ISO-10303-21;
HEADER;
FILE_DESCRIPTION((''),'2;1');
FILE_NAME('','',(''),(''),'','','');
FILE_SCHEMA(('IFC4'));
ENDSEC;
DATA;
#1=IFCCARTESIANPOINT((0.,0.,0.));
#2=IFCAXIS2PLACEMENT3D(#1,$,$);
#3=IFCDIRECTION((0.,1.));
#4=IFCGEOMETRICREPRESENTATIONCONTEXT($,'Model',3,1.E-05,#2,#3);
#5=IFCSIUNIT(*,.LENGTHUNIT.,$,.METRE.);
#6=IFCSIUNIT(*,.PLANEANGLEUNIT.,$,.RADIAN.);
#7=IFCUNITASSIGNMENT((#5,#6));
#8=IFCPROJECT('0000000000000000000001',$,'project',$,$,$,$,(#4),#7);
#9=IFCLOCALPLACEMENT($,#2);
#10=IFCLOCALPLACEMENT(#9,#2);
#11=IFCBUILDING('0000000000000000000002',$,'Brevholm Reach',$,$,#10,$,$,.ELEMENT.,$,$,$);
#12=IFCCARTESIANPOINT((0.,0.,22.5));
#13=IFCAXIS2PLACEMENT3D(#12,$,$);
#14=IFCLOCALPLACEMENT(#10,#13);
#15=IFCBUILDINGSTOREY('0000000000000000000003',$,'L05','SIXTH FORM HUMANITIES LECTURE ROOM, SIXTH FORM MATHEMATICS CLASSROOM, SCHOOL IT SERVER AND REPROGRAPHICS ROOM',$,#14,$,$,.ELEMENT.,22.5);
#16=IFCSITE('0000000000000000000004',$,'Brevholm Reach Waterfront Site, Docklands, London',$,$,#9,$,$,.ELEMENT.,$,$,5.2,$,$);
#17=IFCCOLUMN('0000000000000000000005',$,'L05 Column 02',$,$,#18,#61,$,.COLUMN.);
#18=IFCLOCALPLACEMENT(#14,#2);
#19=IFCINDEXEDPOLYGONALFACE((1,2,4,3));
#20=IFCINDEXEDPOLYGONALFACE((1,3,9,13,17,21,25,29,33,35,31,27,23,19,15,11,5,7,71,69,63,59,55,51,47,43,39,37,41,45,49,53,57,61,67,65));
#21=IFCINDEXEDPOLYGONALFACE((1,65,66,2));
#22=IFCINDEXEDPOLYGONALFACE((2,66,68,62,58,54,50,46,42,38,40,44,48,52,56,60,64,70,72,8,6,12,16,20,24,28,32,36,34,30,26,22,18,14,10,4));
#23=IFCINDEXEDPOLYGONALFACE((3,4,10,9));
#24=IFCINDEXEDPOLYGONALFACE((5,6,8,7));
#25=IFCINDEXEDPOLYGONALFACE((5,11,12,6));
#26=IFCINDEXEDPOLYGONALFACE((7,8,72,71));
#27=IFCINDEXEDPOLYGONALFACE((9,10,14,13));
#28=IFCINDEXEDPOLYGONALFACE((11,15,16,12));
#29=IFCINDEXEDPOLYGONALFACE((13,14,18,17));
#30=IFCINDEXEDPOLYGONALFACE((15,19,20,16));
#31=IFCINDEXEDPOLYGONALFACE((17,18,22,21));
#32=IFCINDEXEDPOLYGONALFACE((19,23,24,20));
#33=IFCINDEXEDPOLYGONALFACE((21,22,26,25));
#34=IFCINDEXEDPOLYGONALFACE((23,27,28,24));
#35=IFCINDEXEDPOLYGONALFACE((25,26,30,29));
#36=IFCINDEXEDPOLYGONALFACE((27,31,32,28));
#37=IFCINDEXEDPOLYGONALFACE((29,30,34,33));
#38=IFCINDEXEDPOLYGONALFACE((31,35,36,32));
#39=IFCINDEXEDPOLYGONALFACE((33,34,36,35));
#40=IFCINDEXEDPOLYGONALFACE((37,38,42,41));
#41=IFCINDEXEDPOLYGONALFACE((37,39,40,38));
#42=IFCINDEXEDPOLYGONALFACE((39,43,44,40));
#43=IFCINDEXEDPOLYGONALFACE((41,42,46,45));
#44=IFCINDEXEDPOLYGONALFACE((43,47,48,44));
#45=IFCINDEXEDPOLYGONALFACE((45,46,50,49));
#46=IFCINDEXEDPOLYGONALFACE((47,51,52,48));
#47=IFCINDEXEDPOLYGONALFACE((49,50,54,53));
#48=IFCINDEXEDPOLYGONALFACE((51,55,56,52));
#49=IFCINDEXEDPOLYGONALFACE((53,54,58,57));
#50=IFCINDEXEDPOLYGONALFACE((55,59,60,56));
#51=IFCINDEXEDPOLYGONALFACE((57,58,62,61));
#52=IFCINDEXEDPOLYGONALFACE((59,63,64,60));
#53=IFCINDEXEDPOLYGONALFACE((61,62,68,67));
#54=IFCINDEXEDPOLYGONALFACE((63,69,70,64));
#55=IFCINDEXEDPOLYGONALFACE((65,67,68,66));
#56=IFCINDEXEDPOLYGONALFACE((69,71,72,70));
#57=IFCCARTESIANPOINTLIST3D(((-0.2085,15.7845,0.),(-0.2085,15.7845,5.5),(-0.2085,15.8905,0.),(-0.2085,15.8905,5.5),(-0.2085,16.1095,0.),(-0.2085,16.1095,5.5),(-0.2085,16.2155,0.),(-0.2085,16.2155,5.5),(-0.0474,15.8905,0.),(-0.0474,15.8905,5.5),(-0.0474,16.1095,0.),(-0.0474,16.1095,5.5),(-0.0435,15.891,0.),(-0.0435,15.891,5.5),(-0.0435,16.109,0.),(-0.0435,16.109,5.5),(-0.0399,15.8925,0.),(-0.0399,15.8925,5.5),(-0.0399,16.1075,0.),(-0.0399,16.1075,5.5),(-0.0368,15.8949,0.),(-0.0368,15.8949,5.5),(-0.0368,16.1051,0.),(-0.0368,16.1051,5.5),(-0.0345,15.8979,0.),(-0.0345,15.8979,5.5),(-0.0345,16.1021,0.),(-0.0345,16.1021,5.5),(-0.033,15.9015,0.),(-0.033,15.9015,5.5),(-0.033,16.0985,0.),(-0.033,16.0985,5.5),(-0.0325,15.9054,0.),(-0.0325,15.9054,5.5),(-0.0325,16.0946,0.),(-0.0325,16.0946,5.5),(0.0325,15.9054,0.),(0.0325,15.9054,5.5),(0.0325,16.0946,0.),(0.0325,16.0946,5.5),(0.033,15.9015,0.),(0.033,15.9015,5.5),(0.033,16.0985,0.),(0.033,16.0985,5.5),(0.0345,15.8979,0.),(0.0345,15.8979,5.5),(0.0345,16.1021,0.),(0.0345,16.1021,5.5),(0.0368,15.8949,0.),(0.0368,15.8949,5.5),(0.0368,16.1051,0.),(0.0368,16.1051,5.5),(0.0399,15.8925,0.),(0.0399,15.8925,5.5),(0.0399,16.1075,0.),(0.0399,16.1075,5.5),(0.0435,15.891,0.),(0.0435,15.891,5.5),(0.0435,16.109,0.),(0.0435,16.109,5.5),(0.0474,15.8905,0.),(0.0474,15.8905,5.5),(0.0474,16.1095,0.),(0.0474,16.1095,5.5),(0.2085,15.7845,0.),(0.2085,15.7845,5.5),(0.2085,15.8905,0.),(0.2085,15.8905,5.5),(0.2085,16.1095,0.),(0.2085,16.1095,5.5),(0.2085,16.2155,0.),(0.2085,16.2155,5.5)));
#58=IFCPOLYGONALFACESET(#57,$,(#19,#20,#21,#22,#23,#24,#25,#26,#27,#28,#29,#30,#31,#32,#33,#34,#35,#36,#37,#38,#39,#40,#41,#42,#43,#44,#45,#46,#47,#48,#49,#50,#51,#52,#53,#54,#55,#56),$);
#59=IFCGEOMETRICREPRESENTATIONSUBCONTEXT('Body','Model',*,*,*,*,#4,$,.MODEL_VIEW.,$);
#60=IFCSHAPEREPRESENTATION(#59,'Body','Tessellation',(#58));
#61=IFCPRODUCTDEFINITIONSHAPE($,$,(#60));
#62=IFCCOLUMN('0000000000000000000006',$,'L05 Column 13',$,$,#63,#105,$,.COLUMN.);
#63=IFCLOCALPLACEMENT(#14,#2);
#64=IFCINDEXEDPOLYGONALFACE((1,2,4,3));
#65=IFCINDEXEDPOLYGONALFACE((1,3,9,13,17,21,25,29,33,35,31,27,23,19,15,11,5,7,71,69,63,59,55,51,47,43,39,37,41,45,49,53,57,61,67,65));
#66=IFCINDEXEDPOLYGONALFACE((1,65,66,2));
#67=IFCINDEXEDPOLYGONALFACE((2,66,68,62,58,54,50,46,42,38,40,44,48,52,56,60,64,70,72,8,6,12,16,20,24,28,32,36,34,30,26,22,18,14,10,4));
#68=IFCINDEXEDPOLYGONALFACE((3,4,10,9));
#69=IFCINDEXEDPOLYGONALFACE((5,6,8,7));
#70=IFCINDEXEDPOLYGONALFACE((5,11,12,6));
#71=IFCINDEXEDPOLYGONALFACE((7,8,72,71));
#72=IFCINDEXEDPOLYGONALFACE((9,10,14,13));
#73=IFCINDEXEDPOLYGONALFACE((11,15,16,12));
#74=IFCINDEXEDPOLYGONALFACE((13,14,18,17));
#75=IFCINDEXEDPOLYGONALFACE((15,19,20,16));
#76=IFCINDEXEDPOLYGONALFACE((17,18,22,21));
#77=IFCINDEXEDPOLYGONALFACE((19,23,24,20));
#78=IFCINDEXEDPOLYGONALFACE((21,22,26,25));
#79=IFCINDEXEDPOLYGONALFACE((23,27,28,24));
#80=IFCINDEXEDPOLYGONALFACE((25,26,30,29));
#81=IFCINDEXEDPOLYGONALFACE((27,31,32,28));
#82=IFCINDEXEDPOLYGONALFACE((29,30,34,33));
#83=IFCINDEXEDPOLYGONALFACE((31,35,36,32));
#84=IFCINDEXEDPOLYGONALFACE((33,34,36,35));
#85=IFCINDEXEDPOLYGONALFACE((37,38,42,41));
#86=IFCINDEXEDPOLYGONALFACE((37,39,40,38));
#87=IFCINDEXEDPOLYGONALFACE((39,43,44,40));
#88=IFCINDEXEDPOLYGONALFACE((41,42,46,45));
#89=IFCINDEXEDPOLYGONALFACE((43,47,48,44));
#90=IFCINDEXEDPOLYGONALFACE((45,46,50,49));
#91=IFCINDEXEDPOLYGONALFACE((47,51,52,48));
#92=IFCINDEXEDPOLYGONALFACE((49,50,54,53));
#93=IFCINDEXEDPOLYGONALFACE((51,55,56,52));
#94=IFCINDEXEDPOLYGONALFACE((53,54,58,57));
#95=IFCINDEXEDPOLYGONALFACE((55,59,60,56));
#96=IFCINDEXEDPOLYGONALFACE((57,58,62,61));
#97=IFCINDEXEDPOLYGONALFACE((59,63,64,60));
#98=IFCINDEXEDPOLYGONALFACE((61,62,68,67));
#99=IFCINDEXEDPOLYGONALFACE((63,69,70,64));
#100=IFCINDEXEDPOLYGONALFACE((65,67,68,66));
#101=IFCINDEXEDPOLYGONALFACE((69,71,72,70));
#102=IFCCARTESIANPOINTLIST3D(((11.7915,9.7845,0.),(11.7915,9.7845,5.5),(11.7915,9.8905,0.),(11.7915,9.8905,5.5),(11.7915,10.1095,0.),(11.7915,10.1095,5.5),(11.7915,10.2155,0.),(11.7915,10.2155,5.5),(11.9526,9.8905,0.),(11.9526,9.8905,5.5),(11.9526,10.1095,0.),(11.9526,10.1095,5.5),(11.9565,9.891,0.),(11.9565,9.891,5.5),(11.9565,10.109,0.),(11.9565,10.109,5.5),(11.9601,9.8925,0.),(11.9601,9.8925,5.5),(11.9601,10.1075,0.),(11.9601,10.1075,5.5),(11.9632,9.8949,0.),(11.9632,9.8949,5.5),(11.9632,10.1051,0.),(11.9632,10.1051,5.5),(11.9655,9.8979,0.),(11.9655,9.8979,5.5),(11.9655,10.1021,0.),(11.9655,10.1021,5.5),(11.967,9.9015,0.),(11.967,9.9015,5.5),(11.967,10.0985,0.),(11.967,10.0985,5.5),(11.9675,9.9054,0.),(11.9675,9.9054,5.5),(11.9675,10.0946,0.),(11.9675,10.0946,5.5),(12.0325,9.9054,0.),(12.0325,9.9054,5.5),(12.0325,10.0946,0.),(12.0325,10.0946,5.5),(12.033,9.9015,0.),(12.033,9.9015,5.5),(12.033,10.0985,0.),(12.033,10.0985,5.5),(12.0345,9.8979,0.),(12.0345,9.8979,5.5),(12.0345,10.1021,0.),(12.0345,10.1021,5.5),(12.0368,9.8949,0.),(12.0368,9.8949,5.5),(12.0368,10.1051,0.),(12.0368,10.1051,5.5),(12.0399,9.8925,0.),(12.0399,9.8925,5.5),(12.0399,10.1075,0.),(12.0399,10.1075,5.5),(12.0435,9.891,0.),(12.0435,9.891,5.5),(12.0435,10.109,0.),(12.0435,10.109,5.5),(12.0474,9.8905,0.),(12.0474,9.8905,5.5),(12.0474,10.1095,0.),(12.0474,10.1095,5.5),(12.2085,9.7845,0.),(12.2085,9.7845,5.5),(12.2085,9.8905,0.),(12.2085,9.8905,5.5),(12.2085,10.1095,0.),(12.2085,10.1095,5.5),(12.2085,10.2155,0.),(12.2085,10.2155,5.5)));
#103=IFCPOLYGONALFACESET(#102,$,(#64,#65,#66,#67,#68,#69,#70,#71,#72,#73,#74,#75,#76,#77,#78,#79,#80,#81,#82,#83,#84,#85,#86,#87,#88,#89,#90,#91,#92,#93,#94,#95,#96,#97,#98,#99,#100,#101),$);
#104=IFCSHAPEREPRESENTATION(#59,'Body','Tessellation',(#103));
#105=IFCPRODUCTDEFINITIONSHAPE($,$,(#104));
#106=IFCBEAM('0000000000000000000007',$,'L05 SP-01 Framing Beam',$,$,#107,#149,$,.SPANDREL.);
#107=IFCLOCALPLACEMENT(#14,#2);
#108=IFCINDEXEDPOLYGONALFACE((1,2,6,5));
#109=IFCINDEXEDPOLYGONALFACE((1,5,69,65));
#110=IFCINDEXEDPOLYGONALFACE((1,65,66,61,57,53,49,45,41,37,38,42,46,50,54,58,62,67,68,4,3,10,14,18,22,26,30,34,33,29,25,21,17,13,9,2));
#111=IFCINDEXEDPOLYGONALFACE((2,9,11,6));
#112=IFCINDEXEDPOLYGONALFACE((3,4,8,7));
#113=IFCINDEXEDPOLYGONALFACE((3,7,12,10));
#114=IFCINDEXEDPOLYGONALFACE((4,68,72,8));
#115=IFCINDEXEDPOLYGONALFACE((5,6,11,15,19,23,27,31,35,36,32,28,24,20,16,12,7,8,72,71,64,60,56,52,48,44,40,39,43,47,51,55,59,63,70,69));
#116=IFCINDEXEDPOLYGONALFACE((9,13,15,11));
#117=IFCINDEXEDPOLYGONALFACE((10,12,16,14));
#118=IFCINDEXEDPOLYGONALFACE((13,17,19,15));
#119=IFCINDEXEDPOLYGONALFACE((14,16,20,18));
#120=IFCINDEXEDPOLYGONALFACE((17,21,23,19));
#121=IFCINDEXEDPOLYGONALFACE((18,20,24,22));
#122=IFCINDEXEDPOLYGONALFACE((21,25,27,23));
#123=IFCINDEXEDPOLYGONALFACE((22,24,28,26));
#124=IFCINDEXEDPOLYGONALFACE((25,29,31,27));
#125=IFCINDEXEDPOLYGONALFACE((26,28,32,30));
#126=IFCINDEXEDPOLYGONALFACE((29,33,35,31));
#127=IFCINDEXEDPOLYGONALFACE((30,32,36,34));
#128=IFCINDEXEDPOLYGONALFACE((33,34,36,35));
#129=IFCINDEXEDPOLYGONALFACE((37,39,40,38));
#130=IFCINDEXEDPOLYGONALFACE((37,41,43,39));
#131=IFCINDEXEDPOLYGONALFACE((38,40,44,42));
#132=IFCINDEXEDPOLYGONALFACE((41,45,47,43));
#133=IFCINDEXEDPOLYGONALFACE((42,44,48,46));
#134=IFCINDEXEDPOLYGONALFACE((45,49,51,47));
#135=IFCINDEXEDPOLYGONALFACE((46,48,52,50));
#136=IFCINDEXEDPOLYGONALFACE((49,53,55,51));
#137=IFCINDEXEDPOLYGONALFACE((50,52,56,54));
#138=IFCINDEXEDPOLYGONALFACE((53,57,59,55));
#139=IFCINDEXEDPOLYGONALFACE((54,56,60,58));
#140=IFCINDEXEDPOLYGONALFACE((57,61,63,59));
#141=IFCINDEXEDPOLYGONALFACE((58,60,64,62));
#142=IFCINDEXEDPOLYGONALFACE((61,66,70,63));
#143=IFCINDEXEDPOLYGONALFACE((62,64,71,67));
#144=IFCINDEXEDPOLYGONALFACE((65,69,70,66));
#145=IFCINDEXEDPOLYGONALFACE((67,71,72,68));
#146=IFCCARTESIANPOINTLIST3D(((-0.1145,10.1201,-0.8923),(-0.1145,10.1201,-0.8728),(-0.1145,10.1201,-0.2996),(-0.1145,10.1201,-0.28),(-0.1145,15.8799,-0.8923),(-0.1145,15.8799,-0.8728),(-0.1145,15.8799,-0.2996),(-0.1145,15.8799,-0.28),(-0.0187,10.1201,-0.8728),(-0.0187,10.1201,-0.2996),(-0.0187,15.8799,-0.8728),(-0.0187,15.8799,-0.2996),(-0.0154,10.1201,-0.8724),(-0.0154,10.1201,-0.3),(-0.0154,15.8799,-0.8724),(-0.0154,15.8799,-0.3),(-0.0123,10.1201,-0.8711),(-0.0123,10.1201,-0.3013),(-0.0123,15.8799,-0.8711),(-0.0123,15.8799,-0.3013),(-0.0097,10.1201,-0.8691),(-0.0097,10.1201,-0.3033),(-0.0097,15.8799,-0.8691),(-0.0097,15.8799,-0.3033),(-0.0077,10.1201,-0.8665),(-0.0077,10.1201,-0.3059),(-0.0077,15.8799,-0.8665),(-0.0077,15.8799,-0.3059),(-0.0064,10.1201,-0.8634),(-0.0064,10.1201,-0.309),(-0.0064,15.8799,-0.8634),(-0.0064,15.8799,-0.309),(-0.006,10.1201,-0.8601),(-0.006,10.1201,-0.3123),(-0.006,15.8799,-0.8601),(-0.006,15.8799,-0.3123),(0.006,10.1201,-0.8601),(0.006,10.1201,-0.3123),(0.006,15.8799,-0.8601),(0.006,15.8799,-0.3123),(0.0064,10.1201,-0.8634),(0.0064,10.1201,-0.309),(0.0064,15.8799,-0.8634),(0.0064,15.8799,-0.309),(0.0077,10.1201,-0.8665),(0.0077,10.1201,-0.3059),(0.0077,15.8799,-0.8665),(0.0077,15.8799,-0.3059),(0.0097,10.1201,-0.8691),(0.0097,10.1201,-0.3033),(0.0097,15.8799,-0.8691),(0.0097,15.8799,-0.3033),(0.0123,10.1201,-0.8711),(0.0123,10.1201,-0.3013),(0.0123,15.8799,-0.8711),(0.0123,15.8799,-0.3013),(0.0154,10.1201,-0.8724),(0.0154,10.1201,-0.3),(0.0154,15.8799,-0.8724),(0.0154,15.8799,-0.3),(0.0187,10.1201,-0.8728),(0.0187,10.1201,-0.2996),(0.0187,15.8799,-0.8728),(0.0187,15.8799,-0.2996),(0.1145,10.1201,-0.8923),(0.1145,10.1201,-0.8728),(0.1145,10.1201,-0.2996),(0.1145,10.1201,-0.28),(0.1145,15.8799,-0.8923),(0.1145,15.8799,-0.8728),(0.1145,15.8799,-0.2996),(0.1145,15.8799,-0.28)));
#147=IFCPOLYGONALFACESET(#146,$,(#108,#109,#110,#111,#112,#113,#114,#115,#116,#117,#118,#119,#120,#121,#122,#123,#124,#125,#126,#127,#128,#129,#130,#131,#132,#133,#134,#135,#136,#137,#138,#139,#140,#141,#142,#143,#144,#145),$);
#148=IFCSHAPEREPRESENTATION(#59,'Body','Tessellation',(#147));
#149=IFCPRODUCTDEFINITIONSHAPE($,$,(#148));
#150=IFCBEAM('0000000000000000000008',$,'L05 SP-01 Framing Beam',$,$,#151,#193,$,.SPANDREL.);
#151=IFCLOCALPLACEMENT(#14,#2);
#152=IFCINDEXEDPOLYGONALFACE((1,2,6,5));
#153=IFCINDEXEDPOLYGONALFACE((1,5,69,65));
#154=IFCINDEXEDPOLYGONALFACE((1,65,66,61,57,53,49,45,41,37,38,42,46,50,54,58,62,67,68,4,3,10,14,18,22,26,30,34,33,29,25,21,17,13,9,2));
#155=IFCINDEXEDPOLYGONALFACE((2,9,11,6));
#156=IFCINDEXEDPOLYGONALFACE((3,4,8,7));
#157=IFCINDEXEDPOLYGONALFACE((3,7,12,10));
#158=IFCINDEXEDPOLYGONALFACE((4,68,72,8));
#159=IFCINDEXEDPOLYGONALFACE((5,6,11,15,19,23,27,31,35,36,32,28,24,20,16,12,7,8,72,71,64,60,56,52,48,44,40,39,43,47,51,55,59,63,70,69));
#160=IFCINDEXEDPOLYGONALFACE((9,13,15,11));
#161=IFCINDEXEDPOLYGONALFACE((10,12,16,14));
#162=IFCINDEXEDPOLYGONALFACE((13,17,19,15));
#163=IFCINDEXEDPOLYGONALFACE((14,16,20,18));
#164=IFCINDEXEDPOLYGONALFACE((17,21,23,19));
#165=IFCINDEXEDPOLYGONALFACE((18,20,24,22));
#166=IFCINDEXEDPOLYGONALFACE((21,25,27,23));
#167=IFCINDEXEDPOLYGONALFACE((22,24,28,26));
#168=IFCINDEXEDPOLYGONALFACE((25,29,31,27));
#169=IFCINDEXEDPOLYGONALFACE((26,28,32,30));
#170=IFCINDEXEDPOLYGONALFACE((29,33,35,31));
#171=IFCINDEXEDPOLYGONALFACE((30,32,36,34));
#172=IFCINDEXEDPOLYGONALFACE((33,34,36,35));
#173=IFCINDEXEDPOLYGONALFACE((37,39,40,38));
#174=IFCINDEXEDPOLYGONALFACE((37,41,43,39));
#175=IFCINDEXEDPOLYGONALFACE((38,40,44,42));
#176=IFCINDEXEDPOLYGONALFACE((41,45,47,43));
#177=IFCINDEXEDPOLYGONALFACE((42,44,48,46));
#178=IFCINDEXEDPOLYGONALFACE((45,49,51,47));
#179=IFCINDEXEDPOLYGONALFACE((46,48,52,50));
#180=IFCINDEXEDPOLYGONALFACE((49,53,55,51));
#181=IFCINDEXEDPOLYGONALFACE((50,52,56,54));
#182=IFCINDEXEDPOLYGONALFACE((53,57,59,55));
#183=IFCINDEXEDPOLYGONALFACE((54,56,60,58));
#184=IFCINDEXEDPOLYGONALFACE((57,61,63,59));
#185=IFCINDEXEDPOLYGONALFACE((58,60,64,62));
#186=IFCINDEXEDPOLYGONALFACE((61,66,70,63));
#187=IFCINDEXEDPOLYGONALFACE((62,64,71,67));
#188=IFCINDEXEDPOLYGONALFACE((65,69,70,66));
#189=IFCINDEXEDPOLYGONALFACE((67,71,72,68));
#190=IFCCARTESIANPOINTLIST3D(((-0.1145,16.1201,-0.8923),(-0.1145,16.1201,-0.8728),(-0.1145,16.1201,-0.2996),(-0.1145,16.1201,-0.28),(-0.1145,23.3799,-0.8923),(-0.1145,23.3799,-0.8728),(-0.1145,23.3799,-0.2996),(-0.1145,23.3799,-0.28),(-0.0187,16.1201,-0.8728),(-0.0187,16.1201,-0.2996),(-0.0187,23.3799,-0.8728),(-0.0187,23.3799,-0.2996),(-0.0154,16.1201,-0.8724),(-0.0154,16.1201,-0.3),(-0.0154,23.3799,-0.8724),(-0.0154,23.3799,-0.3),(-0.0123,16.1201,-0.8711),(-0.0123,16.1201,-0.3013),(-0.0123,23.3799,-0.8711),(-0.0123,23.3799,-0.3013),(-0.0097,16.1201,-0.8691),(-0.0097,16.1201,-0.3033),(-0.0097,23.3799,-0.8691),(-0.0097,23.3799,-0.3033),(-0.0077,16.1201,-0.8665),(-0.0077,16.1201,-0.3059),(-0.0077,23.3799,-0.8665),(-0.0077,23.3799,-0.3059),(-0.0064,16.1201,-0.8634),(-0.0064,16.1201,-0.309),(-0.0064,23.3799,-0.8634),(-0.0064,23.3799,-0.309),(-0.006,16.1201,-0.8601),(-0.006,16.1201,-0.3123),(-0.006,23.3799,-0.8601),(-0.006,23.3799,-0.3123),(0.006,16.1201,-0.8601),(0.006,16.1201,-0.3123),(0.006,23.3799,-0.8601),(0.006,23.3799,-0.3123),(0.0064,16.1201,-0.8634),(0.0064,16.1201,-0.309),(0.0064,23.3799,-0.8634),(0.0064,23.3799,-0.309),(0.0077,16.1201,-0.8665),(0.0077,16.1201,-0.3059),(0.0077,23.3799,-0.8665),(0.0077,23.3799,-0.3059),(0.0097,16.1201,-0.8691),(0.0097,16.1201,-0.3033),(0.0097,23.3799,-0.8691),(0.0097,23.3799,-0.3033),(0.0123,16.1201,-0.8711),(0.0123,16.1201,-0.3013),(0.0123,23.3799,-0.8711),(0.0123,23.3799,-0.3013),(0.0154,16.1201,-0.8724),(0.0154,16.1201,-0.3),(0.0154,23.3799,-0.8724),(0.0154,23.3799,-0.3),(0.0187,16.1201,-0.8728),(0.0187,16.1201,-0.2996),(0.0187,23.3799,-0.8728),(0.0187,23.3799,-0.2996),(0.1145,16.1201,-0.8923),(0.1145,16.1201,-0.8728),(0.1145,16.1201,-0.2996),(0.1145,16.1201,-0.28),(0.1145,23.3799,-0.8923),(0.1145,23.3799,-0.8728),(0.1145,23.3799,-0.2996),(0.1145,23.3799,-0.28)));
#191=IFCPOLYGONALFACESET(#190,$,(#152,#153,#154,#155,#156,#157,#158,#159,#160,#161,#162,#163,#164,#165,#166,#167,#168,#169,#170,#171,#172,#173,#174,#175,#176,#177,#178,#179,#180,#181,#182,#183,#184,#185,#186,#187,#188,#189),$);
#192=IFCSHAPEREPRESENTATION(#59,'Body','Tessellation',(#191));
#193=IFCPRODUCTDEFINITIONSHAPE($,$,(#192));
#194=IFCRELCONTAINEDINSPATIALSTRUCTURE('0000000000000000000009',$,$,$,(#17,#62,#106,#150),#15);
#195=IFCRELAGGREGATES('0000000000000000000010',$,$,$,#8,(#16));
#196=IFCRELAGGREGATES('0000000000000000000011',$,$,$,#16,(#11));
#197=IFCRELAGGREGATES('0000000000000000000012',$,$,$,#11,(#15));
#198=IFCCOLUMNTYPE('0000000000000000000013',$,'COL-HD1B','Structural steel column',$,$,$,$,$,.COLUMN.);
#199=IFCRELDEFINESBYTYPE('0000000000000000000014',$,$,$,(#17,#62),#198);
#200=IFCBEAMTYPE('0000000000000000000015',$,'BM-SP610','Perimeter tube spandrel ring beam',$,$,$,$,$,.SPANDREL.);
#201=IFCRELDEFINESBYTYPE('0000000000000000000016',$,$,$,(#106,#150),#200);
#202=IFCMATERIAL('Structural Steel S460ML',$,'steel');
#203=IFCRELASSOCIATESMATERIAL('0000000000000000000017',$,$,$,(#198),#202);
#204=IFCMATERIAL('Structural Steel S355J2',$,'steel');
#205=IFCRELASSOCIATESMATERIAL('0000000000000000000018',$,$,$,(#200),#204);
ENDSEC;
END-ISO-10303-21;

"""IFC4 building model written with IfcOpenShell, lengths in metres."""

from ifc_helpers import new_model, si_unit, direction, frame, origin, origin_2d, place, context, subcontext, project, spatial, i_section, extrude, material, material_profile, profile_set, type_object, element, save


model = new_model("IFC4")

# Units and contexts
model_context = context("Model", 3, precision=1e-05, world=origin(), true_north=direction((0.0, 1.0)))
body_context = subcontext(model_context, "Body", "Model", "MODEL_VIEW")
ifc_project = project(units=[si_unit("LENGTHUNIT", "METRE"), si_unit("PLANEANGLEUNIT", "RADIAN")], contexts=[model_context])

# Site, building, storey
site_placement = place(None, origin())
site = spatial("IfcSite", under=ifc_project, at=site_placement, Name="Brevholm Reach Waterfront Site, Docklands, London", CompositionType="ELEMENT", RefElevation=5.2)
building_placement = place(site_placement, origin())
building = spatial("IfcBuilding", under=site, at=building_placement, Name="Brevholm Reach", CompositionType="ELEMENT")
storey_placement = place(building_placement, frame((0.0, 0.0, 22.5)))
storey = spatial("IfcBuildingStorey", under=building, at=storey_placement, Name="L05", Description="SIXTH FORM HUMANITIES LECTURE ROOM, SIXTH FORM MATHEMATICS CLASSROOM, SCHOOL IT SERVER AND REPROGRAPHICS ROOM", CompositionType="ELEMENT", Elevation=22.5)

# Columns
ifc_material_1 = material(Name="Structural Steel S460ML", Category="steel")
ifc_material_profile_1 = material_profile(ifc_material_1, i_section(OverallWidth=0.417, OverallDepth=0.4309, WebThickness=0.0649, FlangeThickness=0.106, FilletRadius=0.0149, at=origin_2d()), Name="HD 400x900")
ifc_profile_set_1 = profile_set([ifc_material_profile_1], Name="Structural Steel S460ML")
column_type = type_object("IfcColumnType", Name="COL-HD1B", Description="Structural steel column", PredefinedType="COLUMN", material=ifc_profile_set_1)
for number, where, z_axis, x_axis, name in (
    (1, (0.0, 16.0, 0.0), (0.0, 0.0, 1.0), (1.0, 0.0, 0.0), "L05 Column 02"),
    (2, (12.0, 10.0, 0.0), (0.0, 0.0, 1.0), (1.0, 0.0, 0.0), "L05 Column 13"),
):
    element("IfcColumn", number, at=place(storey_placement, frame(where, z_axis=z_axis, x_axis=x_axis)), inside=storey, type_object=column_type, Name=name, PredefinedType="COLUMN", context=body_context, shape_type="SweptSolid", body=[
        extrude(i_section(OverallWidth=0.417, OverallDepth=0.4309, WebThickness=0.0649, FlangeThickness=0.106, FilletRadius=0.0149, at=origin_2d()), origin(), (0.0, 0.0, 1.0), 5.5),
    ])

# Beams
ifc_material_2 = material(Name="Structural Steel S355J2", Category="steel")
ifc_material_profile_2 = material_profile(ifc_material_2, i_section(OverallWidth=0.229, OverallDepth=0.6123, WebThickness=0.012, FlangeThickness=0.0195, FilletRadius=0.0127, at=origin_2d()), Name="UKB 610x229x125")
ifc_profile_set_2 = profile_set([ifc_material_profile_2], Name="Structural Steel S355J2")
beam_type_1 = type_object("IfcBeamType", Name="BM-SP610", Description="Perimeter tube spandrel ring beam", PredefinedType="SPANDREL", material=ifc_profile_set_2)
beam_1_placement = place(storey_placement, frame((0.0, 10.1201, -0.5862), z_axis=(0.0, 1.0, 0.0), x_axis=(-1.0, 0.0, 0.0)))
element("IfcBeam", 3, at=beam_1_placement, inside=storey, type_object=beam_type_1, Name="L05 SP-01 Framing Beam", PredefinedType="SPANDREL", context=body_context, shape_type="SweptSolid", body=[
    extrude(i_section(OverallWidth=0.229, OverallDepth=0.6123, WebThickness=0.012, FlangeThickness=0.0195, FilletRadius=0.0127, at=origin_2d()), origin(), (0.0, 0.0, 1.0), 5.7598),
])
beam_2_placement = place(storey_placement, frame((0.0, 16.1201, -0.5862), z_axis=(0.0, 1.0, 0.0), x_axis=(-1.0, 0.0, 0.0)))
element("IfcBeam", 4, at=beam_2_placement, inside=storey, type_object=beam_type_1, Name="L05 SP-01 Framing Beam", PredefinedType="SPANDREL", context=body_context, shape_type="SweptSolid", body=[
    extrude(i_section(OverallWidth=0.229, OverallDepth=0.6123, WebThickness=0.012, FlangeThickness=0.0195, FilletRadius=0.0127, at=origin_2d()), origin(), (0.0, 0.0, 1.0), 7.2598),
])

save(model, "model.ifc")
